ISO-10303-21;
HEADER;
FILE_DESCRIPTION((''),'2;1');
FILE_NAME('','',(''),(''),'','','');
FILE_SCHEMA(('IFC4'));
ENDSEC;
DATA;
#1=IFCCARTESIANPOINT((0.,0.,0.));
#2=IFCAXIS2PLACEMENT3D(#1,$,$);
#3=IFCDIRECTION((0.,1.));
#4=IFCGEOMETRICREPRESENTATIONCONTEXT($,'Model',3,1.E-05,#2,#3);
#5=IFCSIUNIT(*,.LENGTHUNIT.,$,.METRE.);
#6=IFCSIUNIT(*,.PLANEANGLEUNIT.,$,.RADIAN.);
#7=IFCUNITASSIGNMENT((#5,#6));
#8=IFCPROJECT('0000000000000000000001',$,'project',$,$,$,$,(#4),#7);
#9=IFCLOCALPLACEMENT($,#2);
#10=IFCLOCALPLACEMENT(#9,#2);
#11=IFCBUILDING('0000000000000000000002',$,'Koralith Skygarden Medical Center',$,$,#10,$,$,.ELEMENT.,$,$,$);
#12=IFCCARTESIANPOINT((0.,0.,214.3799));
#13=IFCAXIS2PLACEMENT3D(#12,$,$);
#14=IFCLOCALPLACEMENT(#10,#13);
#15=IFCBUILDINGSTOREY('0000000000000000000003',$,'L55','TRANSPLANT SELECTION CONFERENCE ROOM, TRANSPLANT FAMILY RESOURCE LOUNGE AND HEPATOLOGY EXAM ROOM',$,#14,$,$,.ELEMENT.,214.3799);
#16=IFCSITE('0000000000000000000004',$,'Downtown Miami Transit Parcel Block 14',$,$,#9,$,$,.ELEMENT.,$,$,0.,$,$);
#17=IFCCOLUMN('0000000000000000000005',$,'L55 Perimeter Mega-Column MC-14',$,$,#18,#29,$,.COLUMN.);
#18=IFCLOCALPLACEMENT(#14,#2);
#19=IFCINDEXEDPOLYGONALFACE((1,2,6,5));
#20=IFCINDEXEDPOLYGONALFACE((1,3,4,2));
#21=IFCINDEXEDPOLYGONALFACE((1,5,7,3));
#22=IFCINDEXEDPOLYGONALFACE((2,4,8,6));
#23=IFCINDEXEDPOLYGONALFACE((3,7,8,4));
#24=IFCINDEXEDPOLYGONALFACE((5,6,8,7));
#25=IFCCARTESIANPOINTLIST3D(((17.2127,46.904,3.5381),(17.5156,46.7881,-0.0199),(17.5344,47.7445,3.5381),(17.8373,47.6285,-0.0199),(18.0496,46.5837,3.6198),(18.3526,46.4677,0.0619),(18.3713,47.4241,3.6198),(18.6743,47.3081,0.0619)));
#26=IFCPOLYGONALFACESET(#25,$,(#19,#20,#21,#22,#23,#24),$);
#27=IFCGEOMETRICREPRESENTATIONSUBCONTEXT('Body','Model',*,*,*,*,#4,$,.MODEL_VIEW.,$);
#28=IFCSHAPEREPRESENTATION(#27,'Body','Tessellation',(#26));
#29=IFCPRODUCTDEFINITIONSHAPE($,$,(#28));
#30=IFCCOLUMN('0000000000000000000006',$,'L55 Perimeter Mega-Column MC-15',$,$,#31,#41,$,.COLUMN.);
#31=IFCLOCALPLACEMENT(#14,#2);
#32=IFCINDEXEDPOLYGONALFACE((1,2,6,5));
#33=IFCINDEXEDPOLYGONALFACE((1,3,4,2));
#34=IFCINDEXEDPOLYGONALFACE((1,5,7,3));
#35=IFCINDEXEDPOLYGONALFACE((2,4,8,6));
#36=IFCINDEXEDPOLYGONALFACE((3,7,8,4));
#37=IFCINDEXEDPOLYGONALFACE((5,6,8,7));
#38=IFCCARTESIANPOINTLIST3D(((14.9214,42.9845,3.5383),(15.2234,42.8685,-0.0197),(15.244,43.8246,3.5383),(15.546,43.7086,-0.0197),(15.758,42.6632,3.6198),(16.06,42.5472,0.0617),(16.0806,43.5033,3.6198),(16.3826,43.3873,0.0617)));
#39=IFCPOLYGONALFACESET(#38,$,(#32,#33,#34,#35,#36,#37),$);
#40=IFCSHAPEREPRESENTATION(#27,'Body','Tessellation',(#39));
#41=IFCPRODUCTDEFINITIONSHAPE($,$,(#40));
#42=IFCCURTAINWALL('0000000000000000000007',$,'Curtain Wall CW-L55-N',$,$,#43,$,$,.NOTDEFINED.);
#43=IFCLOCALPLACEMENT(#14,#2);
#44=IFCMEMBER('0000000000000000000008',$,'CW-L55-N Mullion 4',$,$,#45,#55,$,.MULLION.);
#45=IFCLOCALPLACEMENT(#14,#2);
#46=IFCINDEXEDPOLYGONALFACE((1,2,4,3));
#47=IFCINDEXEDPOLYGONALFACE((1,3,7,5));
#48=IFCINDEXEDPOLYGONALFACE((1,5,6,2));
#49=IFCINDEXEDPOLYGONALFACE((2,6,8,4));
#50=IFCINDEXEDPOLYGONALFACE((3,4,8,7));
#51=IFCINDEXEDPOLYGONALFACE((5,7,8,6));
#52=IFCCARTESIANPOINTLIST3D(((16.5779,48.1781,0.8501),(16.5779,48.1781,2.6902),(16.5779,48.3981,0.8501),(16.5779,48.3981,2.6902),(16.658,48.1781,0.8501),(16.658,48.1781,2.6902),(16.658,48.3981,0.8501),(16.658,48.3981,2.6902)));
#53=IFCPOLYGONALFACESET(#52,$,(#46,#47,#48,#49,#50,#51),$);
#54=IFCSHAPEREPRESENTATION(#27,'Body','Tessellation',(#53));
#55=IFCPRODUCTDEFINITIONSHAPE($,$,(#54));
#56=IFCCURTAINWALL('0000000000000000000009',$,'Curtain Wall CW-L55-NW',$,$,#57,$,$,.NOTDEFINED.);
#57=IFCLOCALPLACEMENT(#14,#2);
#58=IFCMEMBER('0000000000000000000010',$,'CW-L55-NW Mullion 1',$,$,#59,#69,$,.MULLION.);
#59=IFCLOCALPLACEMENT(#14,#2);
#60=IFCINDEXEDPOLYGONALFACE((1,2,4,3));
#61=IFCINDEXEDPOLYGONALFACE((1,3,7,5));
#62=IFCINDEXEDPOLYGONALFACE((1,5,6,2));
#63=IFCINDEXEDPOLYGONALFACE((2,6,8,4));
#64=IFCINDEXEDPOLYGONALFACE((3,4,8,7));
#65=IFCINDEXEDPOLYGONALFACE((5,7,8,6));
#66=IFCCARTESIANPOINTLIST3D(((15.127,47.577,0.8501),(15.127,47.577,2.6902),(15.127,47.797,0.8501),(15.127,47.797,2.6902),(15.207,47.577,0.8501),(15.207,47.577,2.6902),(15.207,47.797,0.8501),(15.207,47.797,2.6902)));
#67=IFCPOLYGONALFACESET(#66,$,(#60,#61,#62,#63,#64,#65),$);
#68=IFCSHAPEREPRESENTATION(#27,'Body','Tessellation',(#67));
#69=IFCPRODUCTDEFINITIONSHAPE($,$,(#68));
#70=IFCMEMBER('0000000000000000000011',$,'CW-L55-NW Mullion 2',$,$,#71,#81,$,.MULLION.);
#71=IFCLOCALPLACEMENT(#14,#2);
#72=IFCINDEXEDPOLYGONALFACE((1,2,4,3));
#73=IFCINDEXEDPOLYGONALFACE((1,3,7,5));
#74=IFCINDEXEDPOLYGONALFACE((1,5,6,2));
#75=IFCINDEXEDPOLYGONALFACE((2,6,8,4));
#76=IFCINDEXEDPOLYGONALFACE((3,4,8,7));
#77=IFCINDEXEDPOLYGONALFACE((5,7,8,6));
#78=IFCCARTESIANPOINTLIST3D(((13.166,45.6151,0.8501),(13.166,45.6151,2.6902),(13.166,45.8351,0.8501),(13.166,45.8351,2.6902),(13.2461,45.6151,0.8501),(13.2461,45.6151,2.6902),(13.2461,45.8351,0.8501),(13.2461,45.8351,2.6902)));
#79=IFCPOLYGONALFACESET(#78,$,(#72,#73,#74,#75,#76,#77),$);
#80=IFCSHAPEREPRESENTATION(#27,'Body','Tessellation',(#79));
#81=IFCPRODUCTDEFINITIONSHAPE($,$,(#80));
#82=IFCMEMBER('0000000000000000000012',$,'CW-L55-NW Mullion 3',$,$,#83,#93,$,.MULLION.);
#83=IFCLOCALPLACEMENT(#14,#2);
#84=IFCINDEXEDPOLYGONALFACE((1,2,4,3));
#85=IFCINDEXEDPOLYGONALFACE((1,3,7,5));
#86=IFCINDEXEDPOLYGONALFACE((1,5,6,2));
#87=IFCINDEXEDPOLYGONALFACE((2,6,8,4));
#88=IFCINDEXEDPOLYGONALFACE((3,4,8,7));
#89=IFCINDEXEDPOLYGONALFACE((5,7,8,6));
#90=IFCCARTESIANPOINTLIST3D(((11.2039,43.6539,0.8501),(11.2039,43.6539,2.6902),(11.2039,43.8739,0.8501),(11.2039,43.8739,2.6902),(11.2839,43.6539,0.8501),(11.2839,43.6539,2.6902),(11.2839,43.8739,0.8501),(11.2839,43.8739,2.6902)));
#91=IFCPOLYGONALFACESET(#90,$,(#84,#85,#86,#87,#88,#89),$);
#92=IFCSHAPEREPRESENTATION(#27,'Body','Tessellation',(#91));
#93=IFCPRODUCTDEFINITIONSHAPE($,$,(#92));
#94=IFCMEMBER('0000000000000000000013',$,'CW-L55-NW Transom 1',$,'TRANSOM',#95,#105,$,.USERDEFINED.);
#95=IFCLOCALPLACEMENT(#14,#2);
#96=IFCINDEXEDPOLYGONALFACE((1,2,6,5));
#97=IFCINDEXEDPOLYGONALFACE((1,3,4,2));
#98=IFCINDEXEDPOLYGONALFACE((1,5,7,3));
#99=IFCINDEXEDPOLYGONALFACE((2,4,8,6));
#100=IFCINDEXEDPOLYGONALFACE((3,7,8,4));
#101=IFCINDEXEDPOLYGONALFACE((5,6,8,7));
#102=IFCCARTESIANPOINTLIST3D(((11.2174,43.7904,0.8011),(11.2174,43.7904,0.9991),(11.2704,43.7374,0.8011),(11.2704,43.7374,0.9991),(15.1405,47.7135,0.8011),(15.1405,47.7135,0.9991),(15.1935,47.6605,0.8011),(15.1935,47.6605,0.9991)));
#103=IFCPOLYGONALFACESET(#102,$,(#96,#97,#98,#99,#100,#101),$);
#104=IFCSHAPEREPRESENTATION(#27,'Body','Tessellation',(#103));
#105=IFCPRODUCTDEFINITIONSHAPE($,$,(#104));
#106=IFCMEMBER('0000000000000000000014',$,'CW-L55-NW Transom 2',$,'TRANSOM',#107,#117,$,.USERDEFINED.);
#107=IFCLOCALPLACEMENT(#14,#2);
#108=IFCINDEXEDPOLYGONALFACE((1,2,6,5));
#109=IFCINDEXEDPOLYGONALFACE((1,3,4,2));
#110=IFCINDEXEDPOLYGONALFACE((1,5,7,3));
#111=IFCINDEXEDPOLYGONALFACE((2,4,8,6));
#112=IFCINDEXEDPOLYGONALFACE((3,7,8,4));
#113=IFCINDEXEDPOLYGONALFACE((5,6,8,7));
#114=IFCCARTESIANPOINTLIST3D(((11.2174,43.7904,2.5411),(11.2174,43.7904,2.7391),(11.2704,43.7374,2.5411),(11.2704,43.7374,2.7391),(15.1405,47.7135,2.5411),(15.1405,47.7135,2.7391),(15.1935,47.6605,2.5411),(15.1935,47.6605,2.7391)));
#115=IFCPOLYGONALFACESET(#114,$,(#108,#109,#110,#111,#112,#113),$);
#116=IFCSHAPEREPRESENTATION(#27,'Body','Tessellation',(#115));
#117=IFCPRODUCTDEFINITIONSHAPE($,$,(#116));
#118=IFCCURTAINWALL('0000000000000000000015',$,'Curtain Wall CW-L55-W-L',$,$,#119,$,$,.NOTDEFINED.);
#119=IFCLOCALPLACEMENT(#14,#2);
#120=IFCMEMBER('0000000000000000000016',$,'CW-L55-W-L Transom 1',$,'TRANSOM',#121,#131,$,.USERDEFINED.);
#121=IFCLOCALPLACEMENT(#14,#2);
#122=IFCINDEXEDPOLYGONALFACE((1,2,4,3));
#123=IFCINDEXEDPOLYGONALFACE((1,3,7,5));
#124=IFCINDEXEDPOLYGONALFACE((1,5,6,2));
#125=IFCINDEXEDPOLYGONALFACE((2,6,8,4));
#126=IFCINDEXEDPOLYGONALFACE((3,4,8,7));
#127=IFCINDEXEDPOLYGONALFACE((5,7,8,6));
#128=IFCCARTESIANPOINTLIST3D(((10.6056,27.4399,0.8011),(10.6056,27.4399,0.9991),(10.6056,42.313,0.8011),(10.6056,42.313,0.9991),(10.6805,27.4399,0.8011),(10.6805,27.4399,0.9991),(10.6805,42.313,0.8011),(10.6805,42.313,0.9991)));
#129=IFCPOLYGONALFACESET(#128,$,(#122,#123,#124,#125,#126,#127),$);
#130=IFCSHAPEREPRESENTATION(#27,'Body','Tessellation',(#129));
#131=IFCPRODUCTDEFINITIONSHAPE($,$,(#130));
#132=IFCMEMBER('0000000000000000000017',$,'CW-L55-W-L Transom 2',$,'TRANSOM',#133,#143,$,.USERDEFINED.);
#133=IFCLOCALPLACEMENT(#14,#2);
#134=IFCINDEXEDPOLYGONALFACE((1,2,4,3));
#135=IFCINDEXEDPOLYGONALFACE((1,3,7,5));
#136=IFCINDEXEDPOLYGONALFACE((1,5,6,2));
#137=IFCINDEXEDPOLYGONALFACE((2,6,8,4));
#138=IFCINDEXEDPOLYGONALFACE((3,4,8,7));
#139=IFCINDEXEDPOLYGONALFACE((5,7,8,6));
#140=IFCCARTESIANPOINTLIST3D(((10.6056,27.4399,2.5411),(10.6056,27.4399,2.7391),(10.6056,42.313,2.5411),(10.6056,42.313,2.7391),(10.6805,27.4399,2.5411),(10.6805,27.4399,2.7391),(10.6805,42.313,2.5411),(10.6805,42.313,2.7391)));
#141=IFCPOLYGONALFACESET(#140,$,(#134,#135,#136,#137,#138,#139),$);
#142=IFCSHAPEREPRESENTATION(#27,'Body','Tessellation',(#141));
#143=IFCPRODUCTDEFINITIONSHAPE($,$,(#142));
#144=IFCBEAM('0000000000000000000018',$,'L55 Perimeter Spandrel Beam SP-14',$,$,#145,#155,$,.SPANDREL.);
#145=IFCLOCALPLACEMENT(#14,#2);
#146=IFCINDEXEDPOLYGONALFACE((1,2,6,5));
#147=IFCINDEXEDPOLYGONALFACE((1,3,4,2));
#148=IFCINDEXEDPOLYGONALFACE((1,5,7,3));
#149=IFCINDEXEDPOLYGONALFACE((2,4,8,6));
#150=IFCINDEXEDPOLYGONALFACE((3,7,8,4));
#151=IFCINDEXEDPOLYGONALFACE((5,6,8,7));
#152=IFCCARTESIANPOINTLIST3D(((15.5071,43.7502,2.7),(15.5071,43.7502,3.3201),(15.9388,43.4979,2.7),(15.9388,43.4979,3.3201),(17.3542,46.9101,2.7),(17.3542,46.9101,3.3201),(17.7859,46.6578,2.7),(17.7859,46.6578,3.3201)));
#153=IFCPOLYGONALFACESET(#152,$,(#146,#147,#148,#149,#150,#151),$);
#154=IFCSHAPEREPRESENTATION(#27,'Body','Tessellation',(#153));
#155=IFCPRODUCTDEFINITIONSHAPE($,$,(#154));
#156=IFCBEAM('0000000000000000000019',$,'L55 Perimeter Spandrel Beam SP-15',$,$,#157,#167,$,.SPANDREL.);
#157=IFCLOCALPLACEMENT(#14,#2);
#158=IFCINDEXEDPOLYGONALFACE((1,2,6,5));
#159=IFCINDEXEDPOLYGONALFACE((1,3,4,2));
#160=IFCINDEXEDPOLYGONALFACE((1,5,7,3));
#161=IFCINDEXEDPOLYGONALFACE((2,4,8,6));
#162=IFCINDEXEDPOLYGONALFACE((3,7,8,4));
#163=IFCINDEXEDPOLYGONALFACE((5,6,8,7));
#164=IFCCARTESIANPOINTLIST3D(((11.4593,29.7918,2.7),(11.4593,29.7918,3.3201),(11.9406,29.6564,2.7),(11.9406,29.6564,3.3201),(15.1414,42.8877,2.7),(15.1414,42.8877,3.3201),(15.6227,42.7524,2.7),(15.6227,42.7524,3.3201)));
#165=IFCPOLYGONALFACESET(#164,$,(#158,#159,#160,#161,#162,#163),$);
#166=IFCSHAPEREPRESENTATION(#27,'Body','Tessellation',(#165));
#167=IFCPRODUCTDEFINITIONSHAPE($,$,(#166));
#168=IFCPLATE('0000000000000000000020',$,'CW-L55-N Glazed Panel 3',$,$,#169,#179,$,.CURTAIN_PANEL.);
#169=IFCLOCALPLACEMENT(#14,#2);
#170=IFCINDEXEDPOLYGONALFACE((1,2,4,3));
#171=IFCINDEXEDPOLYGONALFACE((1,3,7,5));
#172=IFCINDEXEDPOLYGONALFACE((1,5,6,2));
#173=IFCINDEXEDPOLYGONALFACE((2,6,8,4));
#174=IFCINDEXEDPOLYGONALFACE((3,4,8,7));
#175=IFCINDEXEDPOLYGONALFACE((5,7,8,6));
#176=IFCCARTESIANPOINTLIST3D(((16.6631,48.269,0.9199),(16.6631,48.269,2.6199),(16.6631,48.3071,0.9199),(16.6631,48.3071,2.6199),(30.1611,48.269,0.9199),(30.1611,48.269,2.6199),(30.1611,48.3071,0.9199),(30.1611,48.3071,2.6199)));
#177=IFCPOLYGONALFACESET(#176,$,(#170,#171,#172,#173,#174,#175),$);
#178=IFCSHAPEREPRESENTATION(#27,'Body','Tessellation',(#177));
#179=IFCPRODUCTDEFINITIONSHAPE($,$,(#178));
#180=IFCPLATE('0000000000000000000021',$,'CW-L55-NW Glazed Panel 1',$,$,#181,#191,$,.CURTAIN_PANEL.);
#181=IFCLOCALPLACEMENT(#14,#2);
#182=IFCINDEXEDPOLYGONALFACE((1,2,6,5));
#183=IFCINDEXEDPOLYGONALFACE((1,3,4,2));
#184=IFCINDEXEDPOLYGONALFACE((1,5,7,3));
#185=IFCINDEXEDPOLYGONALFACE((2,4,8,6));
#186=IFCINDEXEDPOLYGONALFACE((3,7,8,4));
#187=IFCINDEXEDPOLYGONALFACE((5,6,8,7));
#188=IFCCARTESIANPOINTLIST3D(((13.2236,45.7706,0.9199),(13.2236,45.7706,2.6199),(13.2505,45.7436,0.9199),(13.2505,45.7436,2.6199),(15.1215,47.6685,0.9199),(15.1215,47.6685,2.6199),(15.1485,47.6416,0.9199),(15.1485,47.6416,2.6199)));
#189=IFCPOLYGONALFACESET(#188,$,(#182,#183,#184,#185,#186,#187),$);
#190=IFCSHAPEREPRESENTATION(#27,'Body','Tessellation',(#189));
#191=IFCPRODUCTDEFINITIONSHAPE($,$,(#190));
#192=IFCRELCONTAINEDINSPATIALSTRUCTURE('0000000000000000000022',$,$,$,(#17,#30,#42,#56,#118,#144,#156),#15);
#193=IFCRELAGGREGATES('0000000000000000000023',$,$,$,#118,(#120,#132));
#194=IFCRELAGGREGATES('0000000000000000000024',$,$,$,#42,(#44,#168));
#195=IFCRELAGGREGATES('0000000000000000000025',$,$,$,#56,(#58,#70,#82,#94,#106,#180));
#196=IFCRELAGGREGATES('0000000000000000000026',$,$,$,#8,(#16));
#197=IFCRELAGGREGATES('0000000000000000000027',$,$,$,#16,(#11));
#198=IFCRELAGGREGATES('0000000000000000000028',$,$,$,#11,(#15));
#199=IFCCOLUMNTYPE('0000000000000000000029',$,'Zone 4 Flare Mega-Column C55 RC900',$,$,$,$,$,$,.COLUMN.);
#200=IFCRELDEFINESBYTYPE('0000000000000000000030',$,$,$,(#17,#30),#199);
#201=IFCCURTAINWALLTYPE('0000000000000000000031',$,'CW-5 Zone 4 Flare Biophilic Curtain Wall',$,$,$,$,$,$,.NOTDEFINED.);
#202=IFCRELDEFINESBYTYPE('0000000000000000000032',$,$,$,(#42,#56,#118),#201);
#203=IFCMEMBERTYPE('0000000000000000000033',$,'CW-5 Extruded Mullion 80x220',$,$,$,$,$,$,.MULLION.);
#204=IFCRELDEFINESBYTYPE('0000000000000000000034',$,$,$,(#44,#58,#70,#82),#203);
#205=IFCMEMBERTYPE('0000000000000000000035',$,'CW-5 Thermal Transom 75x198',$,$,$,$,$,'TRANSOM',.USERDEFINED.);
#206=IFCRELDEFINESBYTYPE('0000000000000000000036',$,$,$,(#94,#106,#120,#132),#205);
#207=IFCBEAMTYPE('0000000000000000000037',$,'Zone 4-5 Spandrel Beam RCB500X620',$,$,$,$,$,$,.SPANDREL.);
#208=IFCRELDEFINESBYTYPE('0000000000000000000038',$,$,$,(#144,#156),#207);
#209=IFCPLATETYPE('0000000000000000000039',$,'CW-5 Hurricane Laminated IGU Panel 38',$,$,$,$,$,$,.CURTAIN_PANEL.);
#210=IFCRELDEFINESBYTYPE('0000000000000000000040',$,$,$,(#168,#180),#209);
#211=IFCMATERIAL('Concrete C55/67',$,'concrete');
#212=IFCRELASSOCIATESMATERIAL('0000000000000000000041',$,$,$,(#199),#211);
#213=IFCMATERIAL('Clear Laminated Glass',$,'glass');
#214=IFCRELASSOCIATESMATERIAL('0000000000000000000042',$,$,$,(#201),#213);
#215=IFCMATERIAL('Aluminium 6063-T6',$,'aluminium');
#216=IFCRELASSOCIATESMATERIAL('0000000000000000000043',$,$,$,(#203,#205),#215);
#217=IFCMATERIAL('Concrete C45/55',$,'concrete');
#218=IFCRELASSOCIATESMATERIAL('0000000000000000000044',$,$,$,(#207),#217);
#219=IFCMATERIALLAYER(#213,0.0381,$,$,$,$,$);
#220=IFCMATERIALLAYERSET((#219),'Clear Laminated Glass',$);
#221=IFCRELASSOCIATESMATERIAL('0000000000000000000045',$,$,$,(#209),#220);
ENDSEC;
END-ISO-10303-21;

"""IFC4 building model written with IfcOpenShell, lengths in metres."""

from ifc_helpers import new_model, si_unit, direction, frame, origin, origin_2d, place, context, subcontext, project, spatial, rectangle, extrude, material, layer, layer_set, material_profile, profile_set, type_object, element, aggregate, save


model = new_model("IFC4")

# Units and contexts
model_context = context("Model", 3, precision=1e-05, world=origin(), true_north=direction((0.0, 1.0)))
body_context = subcontext(model_context, "Body", "Model", "MODEL_VIEW")
ifc_project = project(units=[si_unit("LENGTHUNIT", "METRE"), si_unit("PLANEANGLEUNIT", "RADIAN")], contexts=[model_context])

# Site, building, storey
site_placement = place(None, origin())
site = spatial("IfcSite", under=ifc_project, at=site_placement, Name="Downtown Miami Transit Parcel Block 14", CompositionType="ELEMENT", RefElevation=0.0)
building_placement = place(site_placement, origin())
building = spatial("IfcBuilding", under=site, at=building_placement, Name="Koralith Skygarden Medical Center", CompositionType="ELEMENT")
storey_placement = place(building_placement, frame((0.0, 0.0, 214.3799)))
storey = spatial("IfcBuildingStorey", under=building, at=storey_placement, Name="L55", Description="TRANSPLANT SELECTION CONFERENCE ROOM, TRANSPLANT FAMILY RESOURCE LOUNGE AND HEPATOLOGY EXAM ROOM", CompositionType="ELEMENT", Elevation=214.3799)

# Columns
ifc_material_1 = material(Name="Concrete C55/67", Category="concrete")
ifc_material_profile_1 = material_profile(ifc_material_1, rectangle(XDim=0.8999, YDim=0.8999, at=origin_2d()), Name="RC900X900")
ifc_profile_set_1 = profile_set([ifc_material_profile_1], Name="Concrete C55/67")
column_type = type_object("IfcColumnType", Name="Zone 4 Flare Mega-Column C55 RC900", PredefinedType="COLUMN", material=ifc_profile_set_1)
for number, where, z_axis, x_axis, name in (
    (1, (18.095, 47.0481, 0.021), (-0.0848, 0.032458, 0.995869), (-0.357466, -0.933926, 0.0), "L55 Perimeter Mega-Column MC-14"),
    (2, (15.803, 43.1279, 0.021), (-0.084529, 0.032458, 0.995892), (-0.358473, -0.93354, 0.0), "L55 Perimeter Mega-Column MC-15"),
):
    element("IfcColumn", number, at=place(storey_placement, frame(where, z_axis=z_axis, x_axis=x_axis)), inside=storey, type_object=column_type, Name=name, PredefinedType="COLUMN", context=body_context, shape_type="SweptSolid", body=[
        extrude(rectangle(XDim=0.8999, YDim=0.8999, at=origin_2d()), origin(), (0.0, 0.0, 1.0), 3.5728),
    ])

# Curtain wall, member
ifc_material_2 = material(Name="Clear Laminated Glass", Category="glass")
curtain_wall_type = type_object("IfcCurtainWallType", Name="CW-5 Zone 4 Flare Biophilic Curtain Wall", PredefinedType="NOTDEFINED", material=ifc_material_2)
curtain_wall_1_placement = place(storey_placement, origin())
curtain_wall_1 = element("IfcCurtainWall", 3, at=curtain_wall_1_placement, inside=storey, type_object=curtain_wall_type, Name="Curtain Wall CW-L55-N", PredefinedType="NOTDEFINED")
ifc_material_3 = material(Name="Aluminium 6063-T6", Category="aluminium")
ifc_material_profile_2 = material_profile(ifc_material_3, rectangle(XDim=0.0801, YDim=0.22, at=origin_2d()), Name="MUL80X220")
ifc_profile_set_2 = profile_set([ifc_material_profile_2], Name="Aluminium 6063-T6")
member_type_1 = type_object("IfcMemberType", Name="CW-5 Extruded Mullion 80x220", PredefinedType="MULLION", material=ifc_profile_set_2)
member_1_placement = place(storey_placement, frame((16.6179, 48.2881, 0.8501), z_axis=(0.0, 0.0, 1.0), x_axis=(1.0, 0.0, 0.0)))
member_1 = element("IfcMember", 4, at=member_1_placement, type_object=member_type_1, Name="CW-L55-N Mullion 4", PredefinedType="MULLION", context=body_context, shape_type="SweptSolid", body=[
    extrude(rectangle(XDim=0.0801, YDim=0.22, at=origin_2d()), origin(), (0.0, 0.0, 1.0), 1.8401),
])

# Curtain walls, members
curtain_wall_2_placement = place(storey_placement, origin())
curtain_wall_2 = element("IfcCurtainWall", 5, at=curtain_wall_2_placement, inside=storey, type_object=curtain_wall_type, Name="Curtain Wall CW-L55-NW", PredefinedType="NOTDEFINED")
member_2_placement = place(storey_placement, frame((15.167, 47.687, 0.8501), z_axis=(0.0, 0.0, 1.0), x_axis=(1.0, 0.0, 0.0)))
member_2 = element("IfcMember", 6, at=member_2_placement, type_object=member_type_1, Name="CW-L55-NW Mullion 1", PredefinedType="MULLION", context=body_context, shape_type="SweptSolid", body=[
    extrude(rectangle(XDim=0.0801, YDim=0.22, at=origin_2d()), origin(), (0.0, 0.0, 1.0), 1.8401),
])
member_3_placement = place(storey_placement, frame((13.2061, 45.7251, 0.8501), z_axis=(0.0, 0.0, 1.0), x_axis=(1.0, 0.0, 0.0)))
member_3 = element("IfcMember", 7, at=member_3_placement, type_object=member_type_1, Name="CW-L55-NW Mullion 2", PredefinedType="MULLION", context=body_context, shape_type="SweptSolid", body=[
    extrude(rectangle(XDim=0.0801, YDim=0.22, at=origin_2d()), origin(), (0.0, 0.0, 1.0), 1.8401),
])
member_4_placement = place(storey_placement, frame((11.2439, 43.7639, 0.8501), z_axis=(0.0, 0.0, 1.0), x_axis=(1.0, 0.0, 0.0)))
member_4 = element("IfcMember", 8, at=member_4_placement, type_object=member_type_1, Name="CW-L55-NW Mullion 3", PredefinedType="MULLION", context=body_context, shape_type="SweptSolid", body=[
    extrude(rectangle(XDim=0.0801, YDim=0.22, at=origin_2d()), origin(), (0.0, 0.0, 1.0), 1.8401),
])
ifc_material_profile_3 = material_profile(ifc_material_3, rectangle(XDim=0.075, YDim=0.198, at=origin_2d()), Name="TRN75X198")
ifc_profile_set_3 = profile_set([ifc_material_profile_3], Name="Aluminium 6063-T6")
member_type_2 = type_object("IfcMemberType", Name="CW-5 Thermal Transom 75x198", ElementType="TRANSOM", PredefinedType="USERDEFINED", material=ifc_profile_set_3)
member_5_placement = place(storey_placement, frame((15.167, 47.687, 0.9001), z_axis=(-0.707107, -0.707107, 0.0), x_axis=(0.707107, -0.707107, 0.0)))
member_5 = element("IfcMember", 9, at=member_5_placement, type_object=member_type_2, Name="CW-L55-NW Transom 1", ObjectType="TRANSOM", PredefinedType="USERDEFINED", context=body_context, shape_type="SweptSolid", body=[
    extrude(rectangle(XDim=0.075, YDim=0.198, at=origin_2d()), origin(), (0.0, 0.0, 1.0), 5.5481),
])
member_6_placement = place(storey_placement, frame((15.167, 47.687, 2.6401), z_axis=(-0.707107, -0.707107, 0.0), x_axis=(0.707107, -0.707107, 0.0)))
member_6 = element("IfcMember", 10, at=member_6_placement, type_object=member_type_2, Name="CW-L55-NW Transom 2", ObjectType="TRANSOM", PredefinedType="USERDEFINED", context=body_context, shape_type="SweptSolid", body=[
    extrude(rectangle(XDim=0.075, YDim=0.198, at=origin_2d()), origin(), (0.0, 0.0, 1.0), 5.5481),
])
curtain_wall_3_placement = place(storey_placement, origin())
curtain_wall_3 = element("IfcCurtainWall", 11, at=curtain_wall_3_placement, inside=storey, type_object=curtain_wall_type, Name="Curtain Wall CW-L55-W-L", PredefinedType="NOTDEFINED")
member_7_placement = place(storey_placement, frame((10.6431, 42.313, 0.9001), z_axis=(0.0, -1.0, 0.0), x_axis=(1.0, 0.0, 0.0)))
member_7 = element("IfcMember", 12, at=member_7_placement, type_object=member_type_2, Name="CW-L55-W-L Transom 1", ObjectType="TRANSOM", PredefinedType="USERDEFINED", context=body_context, shape_type="SweptSolid", body=[
    extrude(rectangle(XDim=0.075, YDim=0.198, at=origin_2d()), origin(), (0.0, 0.0, 1.0), 14.873),
])
member_8_placement = place(storey_placement, frame((10.6431, 42.313, 2.6401), z_axis=(0.0, -1.0, 0.0), x_axis=(1.0, 0.0, 0.0)))
member_8 = element("IfcMember", 13, at=member_8_placement, type_object=member_type_2, Name="CW-L55-W-L Transom 2", ObjectType="TRANSOM", PredefinedType="USERDEFINED", context=body_context, shape_type="SweptSolid", body=[
    extrude(rectangle(XDim=0.075, YDim=0.198, at=origin_2d()), origin(), (0.0, 0.0, 1.0), 14.873),
])
aggregate(curtain_wall_3, [member_7, member_8])

# Beams
ifc_material_4 = material(Name="Concrete C45/55", Category="concrete")
ifc_material_profile_4 = material_profile(ifc_material_4, rectangle(XDim=0.5, YDim=0.6201, at=origin_2d()), Name="RCB500X620")
ifc_profile_set_4 = profile_set([ifc_material_profile_4], Name="Concrete C45/55")
beam_type = type_object("IfcBeamType", Name="Zone 4-5 Spandrel Beam RCB500X620", PredefinedType="SPANDREL", material=ifc_profile_set_4)
beam_1_placement = place(storey_placement, frame((17.5701, 46.7839, 3.01), z_axis=(-0.504663, -0.863316, 0.0), x_axis=(0.863316, -0.504663, 0.0)))
element("IfcBeam", 14, at=beam_1_placement, inside=storey, type_object=beam_type, Name="L55 Perimeter Spandrel Beam SP-14", PredefinedType="SPANDREL", context=body_context, shape_type="SweptSolid", body=[
    extrude(rectangle(XDim=0.5, YDim=0.6201, at=origin_2d()), origin(), (0.0, 0.0, 1.0), 3.6602),
])
beam_2_placement = place(storey_placement, frame((15.3821, 42.8201, 3.01), z_axis=(-0.27067, -0.962672, 0.0), x_axis=(0.962672, -0.27067, 0.0)))
element("IfcBeam", 15, at=beam_2_placement, inside=storey, type_object=beam_type, Name="L55 Perimeter Spandrel Beam SP-15", PredefinedType="SPANDREL", context=body_context, shape_type="SweptSolid", body=[
    extrude(rectangle(XDim=0.5, YDim=0.6201, at=origin_2d()), origin(), (0.0, 0.0, 1.0), 13.6038),
])

# Plates
ifc_layer_1 = layer(ifc_material_2, 0.0381)
ifc_layer_set_1 = layer_set([ifc_layer_1], Name="Clear Laminated Glass")
plate_type_1 = type_object("IfcPlateType", Name="CW-5 Hurricane Laminated IGU Panel 38", PredefinedType="CURTAIN_PANEL", material=ifc_layer_set_1)
plate_1_placement = place(storey_placement, frame((23.4121, 48.2881, 0.9199), z_axis=(0.0, 0.0, 1.0), x_axis=(-1.0, 0.0, 0.0)))
plate_1 = element("IfcPlate", 16, at=plate_1_placement, type_object=plate_type_1, Name="CW-L55-N Glazed Panel 3", PredefinedType="CURTAIN_PANEL", context=body_context, shape_type="SweptSolid", body=[
    extrude(rectangle(XDim=13.498, YDim=0.0381, at=origin_2d()), origin(), (0.0, 0.0, 1.0), 1.7),
])
aggregate(curtain_wall_1, [member_1, plate_1])
plate_2_placement = place(storey_placement, frame((14.186, 46.7061, 0.9199), z_axis=(0.0, 0.0, 1.0), x_axis=(-0.707107, -0.707107, 0.0)))
plate_2 = element("IfcPlate", 17, at=plate_2_placement, type_object=plate_type_1, Name="CW-L55-NW Glazed Panel 1", PredefinedType="CURTAIN_PANEL", context=body_context, shape_type="SweptSolid", body=[
    extrude(rectangle(XDim=2.6841, YDim=0.0381, at=origin_2d()), origin(), (0.0, 0.0, 1.0), 1.7),
])
aggregate(curtain_wall_2, [member_2, member_3, member_4, member_5, member_6, plate_2])

save(model, "model.ifc")
